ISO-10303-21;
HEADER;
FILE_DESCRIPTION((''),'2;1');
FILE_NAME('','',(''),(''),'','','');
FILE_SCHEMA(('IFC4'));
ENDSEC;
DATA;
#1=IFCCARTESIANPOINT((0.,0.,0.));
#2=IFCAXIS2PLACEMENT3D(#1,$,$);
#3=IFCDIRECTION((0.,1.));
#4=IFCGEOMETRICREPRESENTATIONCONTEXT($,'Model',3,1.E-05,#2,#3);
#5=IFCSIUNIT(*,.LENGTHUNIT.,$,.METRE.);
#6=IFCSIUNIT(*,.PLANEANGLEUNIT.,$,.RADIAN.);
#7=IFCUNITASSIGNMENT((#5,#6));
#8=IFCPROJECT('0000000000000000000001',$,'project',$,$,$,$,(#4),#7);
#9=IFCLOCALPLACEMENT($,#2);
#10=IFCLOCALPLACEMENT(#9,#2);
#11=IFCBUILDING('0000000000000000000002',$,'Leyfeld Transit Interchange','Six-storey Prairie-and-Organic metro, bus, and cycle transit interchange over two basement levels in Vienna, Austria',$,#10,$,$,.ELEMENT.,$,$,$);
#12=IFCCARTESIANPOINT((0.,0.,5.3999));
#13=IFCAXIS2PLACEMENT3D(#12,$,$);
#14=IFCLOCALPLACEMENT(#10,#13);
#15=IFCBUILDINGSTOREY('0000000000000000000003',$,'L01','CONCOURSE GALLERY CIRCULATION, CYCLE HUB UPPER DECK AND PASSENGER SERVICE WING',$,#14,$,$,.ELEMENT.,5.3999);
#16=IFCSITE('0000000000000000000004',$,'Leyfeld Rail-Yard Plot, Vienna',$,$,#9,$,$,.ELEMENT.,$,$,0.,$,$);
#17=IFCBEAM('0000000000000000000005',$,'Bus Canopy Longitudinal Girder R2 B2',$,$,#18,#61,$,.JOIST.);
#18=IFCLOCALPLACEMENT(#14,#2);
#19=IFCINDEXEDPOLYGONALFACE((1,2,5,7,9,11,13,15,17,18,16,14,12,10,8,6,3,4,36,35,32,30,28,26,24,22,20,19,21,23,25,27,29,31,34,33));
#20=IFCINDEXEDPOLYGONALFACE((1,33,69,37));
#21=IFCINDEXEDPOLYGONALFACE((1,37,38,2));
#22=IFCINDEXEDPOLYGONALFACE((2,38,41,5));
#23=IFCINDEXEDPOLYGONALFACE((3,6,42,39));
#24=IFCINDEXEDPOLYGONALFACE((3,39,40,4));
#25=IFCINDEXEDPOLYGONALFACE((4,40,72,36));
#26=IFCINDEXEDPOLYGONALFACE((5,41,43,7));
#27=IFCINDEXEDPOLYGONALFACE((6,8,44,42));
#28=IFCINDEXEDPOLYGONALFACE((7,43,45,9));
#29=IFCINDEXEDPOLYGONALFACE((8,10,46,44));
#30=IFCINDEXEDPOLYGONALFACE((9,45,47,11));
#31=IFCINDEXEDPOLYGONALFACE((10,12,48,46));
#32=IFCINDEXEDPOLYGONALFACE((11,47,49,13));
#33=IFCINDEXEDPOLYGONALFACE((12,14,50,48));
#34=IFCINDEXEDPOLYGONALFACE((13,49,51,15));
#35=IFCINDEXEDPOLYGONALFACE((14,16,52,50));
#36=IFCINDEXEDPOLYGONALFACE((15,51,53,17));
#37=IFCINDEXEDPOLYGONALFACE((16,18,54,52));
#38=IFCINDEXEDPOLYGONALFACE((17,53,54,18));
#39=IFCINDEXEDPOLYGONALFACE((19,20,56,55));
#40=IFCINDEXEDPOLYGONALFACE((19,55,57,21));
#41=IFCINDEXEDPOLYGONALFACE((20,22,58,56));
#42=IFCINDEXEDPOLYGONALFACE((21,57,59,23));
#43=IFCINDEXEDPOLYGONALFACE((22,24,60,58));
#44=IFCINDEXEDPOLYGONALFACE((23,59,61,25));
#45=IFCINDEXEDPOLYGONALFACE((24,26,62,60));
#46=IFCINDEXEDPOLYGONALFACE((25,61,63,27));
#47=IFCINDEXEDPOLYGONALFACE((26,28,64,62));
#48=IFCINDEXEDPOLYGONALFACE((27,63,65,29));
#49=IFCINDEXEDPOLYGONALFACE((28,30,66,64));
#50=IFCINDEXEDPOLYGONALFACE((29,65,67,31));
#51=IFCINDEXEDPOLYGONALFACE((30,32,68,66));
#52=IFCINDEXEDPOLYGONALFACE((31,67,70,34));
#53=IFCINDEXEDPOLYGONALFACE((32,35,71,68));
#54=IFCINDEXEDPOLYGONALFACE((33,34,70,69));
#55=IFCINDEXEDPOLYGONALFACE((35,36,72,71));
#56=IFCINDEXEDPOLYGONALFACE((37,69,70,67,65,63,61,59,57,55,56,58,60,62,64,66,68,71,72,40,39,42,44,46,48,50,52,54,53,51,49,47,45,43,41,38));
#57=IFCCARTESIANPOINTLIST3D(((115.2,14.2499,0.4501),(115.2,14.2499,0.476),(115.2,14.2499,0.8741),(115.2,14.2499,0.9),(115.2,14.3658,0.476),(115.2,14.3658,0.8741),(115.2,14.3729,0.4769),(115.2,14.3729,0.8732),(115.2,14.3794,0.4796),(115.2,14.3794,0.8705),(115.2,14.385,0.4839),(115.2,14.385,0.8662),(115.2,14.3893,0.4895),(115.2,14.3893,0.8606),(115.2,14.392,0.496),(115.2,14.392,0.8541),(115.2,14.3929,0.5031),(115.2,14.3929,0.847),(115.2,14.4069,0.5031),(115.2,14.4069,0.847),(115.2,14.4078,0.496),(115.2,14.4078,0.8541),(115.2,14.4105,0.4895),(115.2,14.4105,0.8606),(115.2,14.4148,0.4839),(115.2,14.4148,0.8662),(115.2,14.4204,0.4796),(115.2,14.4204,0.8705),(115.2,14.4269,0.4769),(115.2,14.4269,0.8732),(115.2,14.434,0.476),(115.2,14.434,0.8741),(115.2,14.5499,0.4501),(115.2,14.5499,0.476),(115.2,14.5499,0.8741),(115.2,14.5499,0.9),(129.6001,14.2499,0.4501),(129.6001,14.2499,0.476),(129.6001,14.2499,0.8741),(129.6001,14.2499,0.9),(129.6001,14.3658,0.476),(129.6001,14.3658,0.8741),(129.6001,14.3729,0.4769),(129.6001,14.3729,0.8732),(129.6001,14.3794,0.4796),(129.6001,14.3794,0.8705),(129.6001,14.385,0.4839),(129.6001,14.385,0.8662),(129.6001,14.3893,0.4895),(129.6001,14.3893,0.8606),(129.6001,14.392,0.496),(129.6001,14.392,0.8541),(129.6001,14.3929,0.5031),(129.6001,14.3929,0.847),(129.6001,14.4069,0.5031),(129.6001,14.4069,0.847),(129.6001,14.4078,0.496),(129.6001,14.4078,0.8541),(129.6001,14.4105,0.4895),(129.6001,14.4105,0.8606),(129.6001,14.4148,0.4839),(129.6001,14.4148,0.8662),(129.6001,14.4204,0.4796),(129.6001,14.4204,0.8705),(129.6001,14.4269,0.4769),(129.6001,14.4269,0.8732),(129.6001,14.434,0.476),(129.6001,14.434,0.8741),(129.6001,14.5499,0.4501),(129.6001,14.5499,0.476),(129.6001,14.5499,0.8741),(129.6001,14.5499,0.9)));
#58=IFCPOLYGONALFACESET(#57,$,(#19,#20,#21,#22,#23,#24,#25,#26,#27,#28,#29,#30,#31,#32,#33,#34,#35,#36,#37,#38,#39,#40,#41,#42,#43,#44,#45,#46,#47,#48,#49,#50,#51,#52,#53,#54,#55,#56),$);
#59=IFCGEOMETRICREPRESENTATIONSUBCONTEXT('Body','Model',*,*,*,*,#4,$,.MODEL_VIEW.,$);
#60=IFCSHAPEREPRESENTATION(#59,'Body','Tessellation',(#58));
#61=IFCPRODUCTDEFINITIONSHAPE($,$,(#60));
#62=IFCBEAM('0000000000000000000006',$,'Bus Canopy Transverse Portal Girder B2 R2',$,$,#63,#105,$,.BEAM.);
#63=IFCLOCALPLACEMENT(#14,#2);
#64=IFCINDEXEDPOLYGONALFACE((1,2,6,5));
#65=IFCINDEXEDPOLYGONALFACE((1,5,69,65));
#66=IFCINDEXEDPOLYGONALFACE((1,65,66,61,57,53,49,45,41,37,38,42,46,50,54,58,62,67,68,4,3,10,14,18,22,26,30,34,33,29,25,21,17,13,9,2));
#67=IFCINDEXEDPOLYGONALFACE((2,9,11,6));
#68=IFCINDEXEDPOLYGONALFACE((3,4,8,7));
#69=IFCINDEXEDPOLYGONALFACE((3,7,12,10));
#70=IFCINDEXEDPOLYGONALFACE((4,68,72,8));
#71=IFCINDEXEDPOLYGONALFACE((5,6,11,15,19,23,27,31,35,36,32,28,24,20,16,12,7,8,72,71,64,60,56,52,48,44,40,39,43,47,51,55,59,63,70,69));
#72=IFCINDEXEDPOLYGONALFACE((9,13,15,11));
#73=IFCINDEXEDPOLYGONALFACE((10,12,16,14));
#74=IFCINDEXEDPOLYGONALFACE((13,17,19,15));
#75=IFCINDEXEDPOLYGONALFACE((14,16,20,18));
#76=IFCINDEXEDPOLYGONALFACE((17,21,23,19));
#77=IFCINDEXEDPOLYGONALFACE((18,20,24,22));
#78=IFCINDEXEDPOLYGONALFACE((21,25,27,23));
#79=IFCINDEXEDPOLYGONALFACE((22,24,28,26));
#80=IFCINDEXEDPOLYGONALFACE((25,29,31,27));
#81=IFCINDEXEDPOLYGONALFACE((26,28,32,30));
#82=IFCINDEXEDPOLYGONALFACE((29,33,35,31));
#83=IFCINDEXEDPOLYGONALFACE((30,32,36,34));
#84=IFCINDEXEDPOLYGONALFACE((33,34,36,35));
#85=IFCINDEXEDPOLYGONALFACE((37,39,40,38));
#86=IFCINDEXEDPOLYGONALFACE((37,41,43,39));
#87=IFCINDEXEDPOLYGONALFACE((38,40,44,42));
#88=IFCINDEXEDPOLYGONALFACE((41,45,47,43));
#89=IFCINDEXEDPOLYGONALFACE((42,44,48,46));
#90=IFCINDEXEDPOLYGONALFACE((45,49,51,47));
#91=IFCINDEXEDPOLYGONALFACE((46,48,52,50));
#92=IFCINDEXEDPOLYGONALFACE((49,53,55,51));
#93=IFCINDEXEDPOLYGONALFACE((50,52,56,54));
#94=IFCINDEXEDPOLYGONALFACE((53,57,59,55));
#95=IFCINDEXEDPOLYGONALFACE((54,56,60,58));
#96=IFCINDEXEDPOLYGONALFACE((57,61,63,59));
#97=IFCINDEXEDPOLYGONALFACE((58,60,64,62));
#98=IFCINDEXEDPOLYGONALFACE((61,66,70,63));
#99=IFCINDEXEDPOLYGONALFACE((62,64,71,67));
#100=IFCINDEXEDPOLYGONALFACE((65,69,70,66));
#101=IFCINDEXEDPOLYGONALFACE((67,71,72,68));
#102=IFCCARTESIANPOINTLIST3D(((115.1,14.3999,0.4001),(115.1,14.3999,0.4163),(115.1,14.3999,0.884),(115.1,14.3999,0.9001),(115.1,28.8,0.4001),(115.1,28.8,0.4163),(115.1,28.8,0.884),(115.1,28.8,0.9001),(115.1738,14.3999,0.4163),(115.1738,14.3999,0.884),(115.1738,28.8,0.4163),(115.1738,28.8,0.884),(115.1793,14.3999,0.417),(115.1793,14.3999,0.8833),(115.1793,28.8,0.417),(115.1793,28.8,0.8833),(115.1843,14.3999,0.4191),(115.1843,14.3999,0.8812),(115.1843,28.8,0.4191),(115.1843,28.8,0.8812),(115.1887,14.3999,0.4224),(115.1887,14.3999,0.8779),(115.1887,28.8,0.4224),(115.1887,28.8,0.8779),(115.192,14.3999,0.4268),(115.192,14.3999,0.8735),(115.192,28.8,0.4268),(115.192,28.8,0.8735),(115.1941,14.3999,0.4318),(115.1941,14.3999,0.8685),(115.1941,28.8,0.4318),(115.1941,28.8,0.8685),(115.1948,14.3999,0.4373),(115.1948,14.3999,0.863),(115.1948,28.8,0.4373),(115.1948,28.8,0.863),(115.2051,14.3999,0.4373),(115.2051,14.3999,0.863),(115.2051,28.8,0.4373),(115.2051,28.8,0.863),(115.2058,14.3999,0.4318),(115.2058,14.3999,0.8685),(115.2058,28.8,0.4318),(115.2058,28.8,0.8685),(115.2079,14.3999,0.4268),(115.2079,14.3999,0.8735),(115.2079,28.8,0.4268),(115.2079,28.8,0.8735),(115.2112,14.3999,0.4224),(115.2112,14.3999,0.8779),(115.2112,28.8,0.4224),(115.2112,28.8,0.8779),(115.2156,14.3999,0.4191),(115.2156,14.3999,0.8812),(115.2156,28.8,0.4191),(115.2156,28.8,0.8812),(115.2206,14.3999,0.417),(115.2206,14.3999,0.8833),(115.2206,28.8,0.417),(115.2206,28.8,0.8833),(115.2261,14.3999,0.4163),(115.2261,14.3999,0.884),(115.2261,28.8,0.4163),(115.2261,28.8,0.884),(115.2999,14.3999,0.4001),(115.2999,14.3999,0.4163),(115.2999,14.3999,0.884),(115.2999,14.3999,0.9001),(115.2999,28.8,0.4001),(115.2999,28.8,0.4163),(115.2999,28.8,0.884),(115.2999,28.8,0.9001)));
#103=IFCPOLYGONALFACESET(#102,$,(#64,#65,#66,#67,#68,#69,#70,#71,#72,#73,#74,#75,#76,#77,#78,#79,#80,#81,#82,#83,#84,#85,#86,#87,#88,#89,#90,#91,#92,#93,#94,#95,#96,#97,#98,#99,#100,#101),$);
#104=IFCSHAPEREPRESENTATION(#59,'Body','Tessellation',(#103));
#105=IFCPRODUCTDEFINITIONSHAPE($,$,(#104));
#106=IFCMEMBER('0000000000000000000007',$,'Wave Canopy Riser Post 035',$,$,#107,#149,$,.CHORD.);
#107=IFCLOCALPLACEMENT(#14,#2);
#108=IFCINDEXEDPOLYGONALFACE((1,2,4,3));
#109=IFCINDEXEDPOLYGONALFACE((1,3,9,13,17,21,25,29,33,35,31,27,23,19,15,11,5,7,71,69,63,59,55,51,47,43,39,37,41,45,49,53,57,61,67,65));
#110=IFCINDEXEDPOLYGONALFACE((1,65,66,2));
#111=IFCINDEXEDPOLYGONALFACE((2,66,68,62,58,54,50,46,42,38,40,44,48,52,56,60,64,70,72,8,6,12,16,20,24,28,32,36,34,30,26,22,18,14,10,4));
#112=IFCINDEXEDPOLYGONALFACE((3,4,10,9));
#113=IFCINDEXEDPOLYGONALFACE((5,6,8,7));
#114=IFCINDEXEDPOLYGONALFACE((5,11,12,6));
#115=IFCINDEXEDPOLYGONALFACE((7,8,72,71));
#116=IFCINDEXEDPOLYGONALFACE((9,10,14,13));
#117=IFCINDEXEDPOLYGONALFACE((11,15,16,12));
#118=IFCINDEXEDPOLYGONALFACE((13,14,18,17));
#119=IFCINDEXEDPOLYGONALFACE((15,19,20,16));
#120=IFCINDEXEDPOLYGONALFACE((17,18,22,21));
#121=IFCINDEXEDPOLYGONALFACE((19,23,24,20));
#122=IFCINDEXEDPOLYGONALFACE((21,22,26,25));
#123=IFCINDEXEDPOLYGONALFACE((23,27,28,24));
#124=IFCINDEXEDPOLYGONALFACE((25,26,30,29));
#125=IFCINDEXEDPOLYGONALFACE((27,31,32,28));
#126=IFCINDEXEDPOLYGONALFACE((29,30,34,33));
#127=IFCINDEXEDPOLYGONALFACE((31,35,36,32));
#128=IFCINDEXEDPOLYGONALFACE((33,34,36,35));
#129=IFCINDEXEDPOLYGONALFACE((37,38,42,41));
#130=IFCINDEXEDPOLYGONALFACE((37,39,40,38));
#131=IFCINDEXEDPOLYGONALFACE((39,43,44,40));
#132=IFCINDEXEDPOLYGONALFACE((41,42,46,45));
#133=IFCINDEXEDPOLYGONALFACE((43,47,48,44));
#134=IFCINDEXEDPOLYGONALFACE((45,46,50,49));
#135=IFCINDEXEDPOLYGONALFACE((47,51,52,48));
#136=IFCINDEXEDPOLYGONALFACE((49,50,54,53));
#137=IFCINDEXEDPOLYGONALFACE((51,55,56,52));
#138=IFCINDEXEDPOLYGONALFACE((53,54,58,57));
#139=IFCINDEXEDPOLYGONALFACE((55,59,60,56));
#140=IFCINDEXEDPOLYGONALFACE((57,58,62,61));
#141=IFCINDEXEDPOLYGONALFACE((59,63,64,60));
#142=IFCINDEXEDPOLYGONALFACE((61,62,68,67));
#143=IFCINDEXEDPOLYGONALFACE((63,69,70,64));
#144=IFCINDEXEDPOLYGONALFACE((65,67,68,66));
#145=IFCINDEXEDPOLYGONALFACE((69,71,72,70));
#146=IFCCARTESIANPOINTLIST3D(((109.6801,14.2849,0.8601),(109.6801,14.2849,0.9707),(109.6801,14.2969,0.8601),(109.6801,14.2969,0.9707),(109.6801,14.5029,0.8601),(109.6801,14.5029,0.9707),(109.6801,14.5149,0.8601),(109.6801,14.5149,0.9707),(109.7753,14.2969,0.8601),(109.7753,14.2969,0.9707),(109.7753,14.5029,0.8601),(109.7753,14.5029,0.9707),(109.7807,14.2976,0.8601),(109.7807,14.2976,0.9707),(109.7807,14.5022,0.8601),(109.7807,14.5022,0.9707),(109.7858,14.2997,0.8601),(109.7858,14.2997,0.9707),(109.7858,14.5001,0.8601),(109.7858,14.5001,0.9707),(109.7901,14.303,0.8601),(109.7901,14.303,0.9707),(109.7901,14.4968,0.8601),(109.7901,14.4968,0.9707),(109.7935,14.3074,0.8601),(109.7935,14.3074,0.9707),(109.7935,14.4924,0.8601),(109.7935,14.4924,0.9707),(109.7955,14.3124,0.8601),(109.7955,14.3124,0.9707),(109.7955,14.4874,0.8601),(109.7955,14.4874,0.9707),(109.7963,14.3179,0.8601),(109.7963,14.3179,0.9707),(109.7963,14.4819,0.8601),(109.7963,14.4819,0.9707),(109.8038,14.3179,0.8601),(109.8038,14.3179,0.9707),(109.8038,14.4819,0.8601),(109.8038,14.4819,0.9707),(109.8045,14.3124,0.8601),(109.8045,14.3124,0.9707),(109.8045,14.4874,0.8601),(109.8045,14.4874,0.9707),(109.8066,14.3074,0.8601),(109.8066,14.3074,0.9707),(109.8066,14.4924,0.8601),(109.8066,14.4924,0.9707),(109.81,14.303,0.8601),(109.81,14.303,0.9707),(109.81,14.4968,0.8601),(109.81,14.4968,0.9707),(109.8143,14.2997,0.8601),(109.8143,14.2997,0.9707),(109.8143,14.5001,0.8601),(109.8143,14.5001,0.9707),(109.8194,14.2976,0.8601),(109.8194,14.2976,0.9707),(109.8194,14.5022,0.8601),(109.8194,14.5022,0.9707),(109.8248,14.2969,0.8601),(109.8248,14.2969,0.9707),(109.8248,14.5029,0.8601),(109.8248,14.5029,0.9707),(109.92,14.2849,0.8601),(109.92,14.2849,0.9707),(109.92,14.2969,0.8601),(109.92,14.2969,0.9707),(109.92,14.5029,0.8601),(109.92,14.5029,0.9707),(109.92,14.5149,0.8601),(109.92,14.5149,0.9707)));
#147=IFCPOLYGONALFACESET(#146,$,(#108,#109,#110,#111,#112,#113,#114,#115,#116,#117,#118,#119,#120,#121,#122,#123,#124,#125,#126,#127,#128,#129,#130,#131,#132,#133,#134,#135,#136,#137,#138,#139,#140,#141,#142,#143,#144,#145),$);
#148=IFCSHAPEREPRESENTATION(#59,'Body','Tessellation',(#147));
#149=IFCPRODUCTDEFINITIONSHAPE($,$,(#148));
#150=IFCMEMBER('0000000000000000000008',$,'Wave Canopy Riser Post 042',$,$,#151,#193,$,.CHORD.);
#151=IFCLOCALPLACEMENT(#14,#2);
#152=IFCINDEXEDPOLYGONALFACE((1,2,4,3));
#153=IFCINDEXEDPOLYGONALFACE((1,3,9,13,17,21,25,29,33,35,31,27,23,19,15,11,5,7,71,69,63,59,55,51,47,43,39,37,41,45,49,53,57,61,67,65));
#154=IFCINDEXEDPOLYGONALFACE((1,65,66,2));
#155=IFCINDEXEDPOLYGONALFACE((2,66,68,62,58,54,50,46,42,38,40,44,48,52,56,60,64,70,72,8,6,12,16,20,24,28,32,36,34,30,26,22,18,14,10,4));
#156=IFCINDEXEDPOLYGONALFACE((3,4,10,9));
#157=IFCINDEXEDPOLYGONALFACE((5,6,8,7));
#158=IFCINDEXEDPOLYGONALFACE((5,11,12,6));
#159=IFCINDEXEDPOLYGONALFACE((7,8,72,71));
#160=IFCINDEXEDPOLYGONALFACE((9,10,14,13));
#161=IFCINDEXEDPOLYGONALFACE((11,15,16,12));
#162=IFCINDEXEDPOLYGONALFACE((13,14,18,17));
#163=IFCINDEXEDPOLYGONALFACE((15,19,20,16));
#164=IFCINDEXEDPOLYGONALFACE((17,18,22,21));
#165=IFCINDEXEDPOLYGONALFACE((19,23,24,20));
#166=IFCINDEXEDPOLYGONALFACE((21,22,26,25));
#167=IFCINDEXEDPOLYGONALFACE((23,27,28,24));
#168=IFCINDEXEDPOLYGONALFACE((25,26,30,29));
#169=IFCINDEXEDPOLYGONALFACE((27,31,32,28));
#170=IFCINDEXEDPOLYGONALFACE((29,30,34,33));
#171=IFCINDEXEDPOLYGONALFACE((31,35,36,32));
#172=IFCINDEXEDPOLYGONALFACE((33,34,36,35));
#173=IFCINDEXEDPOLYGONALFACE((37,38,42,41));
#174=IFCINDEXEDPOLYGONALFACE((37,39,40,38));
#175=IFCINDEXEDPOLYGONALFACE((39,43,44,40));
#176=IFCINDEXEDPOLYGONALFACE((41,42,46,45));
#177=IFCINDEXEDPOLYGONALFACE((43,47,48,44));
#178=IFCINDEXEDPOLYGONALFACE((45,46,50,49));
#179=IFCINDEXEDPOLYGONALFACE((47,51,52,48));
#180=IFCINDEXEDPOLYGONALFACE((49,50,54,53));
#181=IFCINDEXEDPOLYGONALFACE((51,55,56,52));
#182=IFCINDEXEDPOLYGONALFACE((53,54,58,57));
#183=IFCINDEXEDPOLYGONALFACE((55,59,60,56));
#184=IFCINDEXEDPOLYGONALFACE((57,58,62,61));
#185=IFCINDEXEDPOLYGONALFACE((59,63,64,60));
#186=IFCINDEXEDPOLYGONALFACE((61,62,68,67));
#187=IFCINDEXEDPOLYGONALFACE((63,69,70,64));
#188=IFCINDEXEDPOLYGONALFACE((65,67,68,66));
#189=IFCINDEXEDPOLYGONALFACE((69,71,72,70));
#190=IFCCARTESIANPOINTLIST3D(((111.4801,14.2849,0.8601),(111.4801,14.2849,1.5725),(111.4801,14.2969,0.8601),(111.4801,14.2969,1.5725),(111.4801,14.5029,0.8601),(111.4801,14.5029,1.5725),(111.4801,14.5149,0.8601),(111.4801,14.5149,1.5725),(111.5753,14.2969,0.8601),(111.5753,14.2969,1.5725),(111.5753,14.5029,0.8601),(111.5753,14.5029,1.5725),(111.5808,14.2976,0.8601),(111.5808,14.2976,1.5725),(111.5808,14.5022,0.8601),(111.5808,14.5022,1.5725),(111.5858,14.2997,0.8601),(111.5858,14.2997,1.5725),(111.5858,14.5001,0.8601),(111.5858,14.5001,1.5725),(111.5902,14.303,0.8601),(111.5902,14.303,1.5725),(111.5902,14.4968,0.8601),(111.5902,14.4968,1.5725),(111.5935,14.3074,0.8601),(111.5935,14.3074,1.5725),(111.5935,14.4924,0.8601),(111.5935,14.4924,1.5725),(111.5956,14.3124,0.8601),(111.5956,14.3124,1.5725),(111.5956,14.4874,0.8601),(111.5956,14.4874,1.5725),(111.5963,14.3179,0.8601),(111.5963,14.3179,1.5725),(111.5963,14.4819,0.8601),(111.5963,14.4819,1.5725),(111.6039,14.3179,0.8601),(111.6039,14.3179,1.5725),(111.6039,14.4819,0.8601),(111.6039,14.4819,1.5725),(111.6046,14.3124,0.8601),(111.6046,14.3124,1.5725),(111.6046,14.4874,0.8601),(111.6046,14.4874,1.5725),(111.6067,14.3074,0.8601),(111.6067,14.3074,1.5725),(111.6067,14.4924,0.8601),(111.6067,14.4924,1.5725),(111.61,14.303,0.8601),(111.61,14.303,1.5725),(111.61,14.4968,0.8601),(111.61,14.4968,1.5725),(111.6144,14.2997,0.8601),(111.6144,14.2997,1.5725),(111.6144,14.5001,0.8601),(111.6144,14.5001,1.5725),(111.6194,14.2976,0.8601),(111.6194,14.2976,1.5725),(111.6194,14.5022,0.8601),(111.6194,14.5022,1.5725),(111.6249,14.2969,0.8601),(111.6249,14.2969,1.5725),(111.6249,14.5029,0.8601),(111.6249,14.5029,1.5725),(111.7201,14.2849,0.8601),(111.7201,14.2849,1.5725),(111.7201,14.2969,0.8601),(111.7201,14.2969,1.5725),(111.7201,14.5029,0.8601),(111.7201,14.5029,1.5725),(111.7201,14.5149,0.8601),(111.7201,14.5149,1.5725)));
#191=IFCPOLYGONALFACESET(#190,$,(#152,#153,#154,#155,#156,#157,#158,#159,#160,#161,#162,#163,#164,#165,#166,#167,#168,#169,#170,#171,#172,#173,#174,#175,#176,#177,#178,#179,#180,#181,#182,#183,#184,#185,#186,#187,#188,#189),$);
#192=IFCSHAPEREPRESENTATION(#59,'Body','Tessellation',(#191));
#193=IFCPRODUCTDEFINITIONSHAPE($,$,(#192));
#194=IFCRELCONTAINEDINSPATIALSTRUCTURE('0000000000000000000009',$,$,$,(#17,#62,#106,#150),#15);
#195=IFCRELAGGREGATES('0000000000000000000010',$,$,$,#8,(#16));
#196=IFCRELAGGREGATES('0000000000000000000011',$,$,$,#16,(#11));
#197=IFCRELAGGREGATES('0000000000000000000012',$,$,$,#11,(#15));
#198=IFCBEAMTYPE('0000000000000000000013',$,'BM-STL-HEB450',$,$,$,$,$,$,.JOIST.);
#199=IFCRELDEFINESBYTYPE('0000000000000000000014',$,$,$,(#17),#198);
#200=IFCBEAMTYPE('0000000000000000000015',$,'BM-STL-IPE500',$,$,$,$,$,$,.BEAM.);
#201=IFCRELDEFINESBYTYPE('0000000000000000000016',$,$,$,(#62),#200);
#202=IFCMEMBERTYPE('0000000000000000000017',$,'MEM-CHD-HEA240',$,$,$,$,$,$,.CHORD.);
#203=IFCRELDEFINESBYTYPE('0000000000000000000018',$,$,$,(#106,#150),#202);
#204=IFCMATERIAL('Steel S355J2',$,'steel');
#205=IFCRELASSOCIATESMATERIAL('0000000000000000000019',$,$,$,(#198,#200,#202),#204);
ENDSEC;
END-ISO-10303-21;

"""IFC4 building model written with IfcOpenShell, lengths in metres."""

from ifc_helpers import new_model, si_unit, direction, frame, origin, origin_2d, place, context, subcontext, project, spatial, i_section, extrude, material, material_profile, profile_set, type_object, element, save


model = new_model("IFC4")

# Units and contexts
model_context = context("Model", 3, precision=1e-05, world=origin(), true_north=direction((0.0, 1.0)))
body_context = subcontext(model_context, "Body", "Model", "MODEL_VIEW")
ifc_project = project(units=[si_unit("LENGTHUNIT", "METRE"), si_unit("PLANEANGLEUNIT", "RADIAN")], contexts=[model_context])

# Site, building, storey
site_placement = place(None, origin())
site = spatial("IfcSite", under=ifc_project, at=site_placement, Name="Leyfeld Rail-Yard Plot, Vienna", CompositionType="ELEMENT", RefElevation=0.0)
building_placement = place(site_placement, origin())
building = spatial("IfcBuilding", under=site, at=building_placement, Name="Leyfeld Transit Interchange", Description="Six-storey Prairie-and-Organic metro, bus, and cycle transit interchange over two basement levels in Vienna, Austria", CompositionType="ELEMENT")
storey_placement = place(building_placement, frame((0.0, 0.0, 5.3999)))
storey = spatial("IfcBuildingStorey", under=building, at=storey_placement, Name="L01", Description="CONCOURSE GALLERY CIRCULATION, CYCLE HUB UPPER DECK AND PASSENGER SERVICE WING", CompositionType="ELEMENT", Elevation=5.3999)

# Beams
ifc_material_1 = material(Name="Steel S355J2", Category="steel")
ifc_material_profile_1 = material_profile(ifc_material_1, i_section(OverallWidth=0.3, OverallDepth=0.45, WebThickness=0.0139, FlangeThickness=0.0259, FilletRadius=0.0271, at=origin_2d()), Name="HEB 450")
ifc_profile_set_1 = profile_set([ifc_material_profile_1], Name="Steel S355J2")
beam_type_1 = type_object("IfcBeamType", Name="BM-STL-HEB450", PredefinedType="JOIST", material=ifc_profile_set_1)
beam_1_placement = place(storey_placement, frame((115.2, 14.3999, 0.675), z_axis=(1.0, 0.0, 0.0), x_axis=(0.0, 1.0, 0.0)))
element("IfcBeam", 1, at=beam_1_placement, inside=storey, type_object=beam_type_1, Name="Bus Canopy Longitudinal Girder R2 B2", PredefinedType="JOIST", context=body_context, shape_type="SweptSolid", body=[
    extrude(i_section(OverallWidth=0.3, OverallDepth=0.45, WebThickness=0.0139, FlangeThickness=0.0259, FilletRadius=0.0271, at=origin_2d()), origin(), (0.0, 0.0, 1.0), 14.4001),
])
ifc_material_profile_2 = material_profile(ifc_material_1, i_section(OverallWidth=0.2, OverallDepth=0.5, WebThickness=0.0103, FlangeThickness=0.0161, FilletRadius=0.021, at=origin_2d()), Name="IPE 500")
ifc_profile_set_2 = profile_set([ifc_material_profile_2], Name="Steel S355J2")
beam_type_2 = type_object("IfcBeamType", Name="BM-STL-IPE500", PredefinedType="BEAM", material=ifc_profile_set_2)
beam_2_placement = place(storey_placement, frame((115.2, 14.3999, 0.6501), z_axis=(0.0, 1.0, 0.0), x_axis=(-1.0, 0.0, 0.0)))
element("IfcBeam", 2, at=beam_2_placement, inside=storey, type_object=beam_type_2, Name="Bus Canopy Transverse Portal Girder B2 R2", PredefinedType="BEAM", context=body_context, shape_type="SweptSolid", body=[
    extrude(i_section(OverallWidth=0.2, OverallDepth=0.5, WebThickness=0.0103, FlangeThickness=0.0161, FilletRadius=0.021, at=origin_2d()), origin(), (0.0, 0.0, 1.0), 14.4001),
])

# Members
ifc_material_profile_3 = material_profile(ifc_material_1, i_section(OverallWidth=0.24, OverallDepth=0.23, WebThickness=0.0076, FlangeThickness=0.012, FilletRadius=0.021, at=origin_2d()), Name="HEA 240")
ifc_profile_set_3 = profile_set([ifc_material_profile_3], Name="Steel S355J2")
member_type_1 = type_object("IfcMemberType", Name="MEM-CHD-HEA240", PredefinedType="CHORD", material=ifc_profile_set_3)
member_1_placement = place(storey_placement, frame((109.8, 14.3999, 0.8601), z_axis=(0.0, 0.0, 1.0), x_axis=(1.0, 0.0, 0.0)))
element("IfcMember", 3, at=member_1_placement, inside=storey, type_object=member_type_1, Name="Wave Canopy Riser Post 035", PredefinedType="CHORD", context=body_context, shape_type="SweptSolid", body=[
    extrude(i_section(OverallWidth=0.24, OverallDepth=0.23, WebThickness=0.0076, FlangeThickness=0.012, FilletRadius=0.021, at=origin_2d()), origin(), (0.0, 0.0, 1.0), 0.1106),
])
member_2_placement = place(storey_placement, frame((111.6001, 14.3999, 0.8601), z_axis=(0.0, 0.0, 1.0), x_axis=(1.0, 0.0, 0.0)))
element("IfcMember", 4, at=member_2_placement, inside=storey, type_object=member_type_1, Name="Wave Canopy Riser Post 042", PredefinedType="CHORD", context=body_context, shape_type="SweptSolid", body=[
    extrude(i_section(OverallWidth=0.24, OverallDepth=0.23, WebThickness=0.0076, FlangeThickness=0.012, FilletRadius=0.021, at=origin_2d()), origin(), (0.0, 0.0, 1.0), 0.7124),
])

save(model, "model.ifc")
